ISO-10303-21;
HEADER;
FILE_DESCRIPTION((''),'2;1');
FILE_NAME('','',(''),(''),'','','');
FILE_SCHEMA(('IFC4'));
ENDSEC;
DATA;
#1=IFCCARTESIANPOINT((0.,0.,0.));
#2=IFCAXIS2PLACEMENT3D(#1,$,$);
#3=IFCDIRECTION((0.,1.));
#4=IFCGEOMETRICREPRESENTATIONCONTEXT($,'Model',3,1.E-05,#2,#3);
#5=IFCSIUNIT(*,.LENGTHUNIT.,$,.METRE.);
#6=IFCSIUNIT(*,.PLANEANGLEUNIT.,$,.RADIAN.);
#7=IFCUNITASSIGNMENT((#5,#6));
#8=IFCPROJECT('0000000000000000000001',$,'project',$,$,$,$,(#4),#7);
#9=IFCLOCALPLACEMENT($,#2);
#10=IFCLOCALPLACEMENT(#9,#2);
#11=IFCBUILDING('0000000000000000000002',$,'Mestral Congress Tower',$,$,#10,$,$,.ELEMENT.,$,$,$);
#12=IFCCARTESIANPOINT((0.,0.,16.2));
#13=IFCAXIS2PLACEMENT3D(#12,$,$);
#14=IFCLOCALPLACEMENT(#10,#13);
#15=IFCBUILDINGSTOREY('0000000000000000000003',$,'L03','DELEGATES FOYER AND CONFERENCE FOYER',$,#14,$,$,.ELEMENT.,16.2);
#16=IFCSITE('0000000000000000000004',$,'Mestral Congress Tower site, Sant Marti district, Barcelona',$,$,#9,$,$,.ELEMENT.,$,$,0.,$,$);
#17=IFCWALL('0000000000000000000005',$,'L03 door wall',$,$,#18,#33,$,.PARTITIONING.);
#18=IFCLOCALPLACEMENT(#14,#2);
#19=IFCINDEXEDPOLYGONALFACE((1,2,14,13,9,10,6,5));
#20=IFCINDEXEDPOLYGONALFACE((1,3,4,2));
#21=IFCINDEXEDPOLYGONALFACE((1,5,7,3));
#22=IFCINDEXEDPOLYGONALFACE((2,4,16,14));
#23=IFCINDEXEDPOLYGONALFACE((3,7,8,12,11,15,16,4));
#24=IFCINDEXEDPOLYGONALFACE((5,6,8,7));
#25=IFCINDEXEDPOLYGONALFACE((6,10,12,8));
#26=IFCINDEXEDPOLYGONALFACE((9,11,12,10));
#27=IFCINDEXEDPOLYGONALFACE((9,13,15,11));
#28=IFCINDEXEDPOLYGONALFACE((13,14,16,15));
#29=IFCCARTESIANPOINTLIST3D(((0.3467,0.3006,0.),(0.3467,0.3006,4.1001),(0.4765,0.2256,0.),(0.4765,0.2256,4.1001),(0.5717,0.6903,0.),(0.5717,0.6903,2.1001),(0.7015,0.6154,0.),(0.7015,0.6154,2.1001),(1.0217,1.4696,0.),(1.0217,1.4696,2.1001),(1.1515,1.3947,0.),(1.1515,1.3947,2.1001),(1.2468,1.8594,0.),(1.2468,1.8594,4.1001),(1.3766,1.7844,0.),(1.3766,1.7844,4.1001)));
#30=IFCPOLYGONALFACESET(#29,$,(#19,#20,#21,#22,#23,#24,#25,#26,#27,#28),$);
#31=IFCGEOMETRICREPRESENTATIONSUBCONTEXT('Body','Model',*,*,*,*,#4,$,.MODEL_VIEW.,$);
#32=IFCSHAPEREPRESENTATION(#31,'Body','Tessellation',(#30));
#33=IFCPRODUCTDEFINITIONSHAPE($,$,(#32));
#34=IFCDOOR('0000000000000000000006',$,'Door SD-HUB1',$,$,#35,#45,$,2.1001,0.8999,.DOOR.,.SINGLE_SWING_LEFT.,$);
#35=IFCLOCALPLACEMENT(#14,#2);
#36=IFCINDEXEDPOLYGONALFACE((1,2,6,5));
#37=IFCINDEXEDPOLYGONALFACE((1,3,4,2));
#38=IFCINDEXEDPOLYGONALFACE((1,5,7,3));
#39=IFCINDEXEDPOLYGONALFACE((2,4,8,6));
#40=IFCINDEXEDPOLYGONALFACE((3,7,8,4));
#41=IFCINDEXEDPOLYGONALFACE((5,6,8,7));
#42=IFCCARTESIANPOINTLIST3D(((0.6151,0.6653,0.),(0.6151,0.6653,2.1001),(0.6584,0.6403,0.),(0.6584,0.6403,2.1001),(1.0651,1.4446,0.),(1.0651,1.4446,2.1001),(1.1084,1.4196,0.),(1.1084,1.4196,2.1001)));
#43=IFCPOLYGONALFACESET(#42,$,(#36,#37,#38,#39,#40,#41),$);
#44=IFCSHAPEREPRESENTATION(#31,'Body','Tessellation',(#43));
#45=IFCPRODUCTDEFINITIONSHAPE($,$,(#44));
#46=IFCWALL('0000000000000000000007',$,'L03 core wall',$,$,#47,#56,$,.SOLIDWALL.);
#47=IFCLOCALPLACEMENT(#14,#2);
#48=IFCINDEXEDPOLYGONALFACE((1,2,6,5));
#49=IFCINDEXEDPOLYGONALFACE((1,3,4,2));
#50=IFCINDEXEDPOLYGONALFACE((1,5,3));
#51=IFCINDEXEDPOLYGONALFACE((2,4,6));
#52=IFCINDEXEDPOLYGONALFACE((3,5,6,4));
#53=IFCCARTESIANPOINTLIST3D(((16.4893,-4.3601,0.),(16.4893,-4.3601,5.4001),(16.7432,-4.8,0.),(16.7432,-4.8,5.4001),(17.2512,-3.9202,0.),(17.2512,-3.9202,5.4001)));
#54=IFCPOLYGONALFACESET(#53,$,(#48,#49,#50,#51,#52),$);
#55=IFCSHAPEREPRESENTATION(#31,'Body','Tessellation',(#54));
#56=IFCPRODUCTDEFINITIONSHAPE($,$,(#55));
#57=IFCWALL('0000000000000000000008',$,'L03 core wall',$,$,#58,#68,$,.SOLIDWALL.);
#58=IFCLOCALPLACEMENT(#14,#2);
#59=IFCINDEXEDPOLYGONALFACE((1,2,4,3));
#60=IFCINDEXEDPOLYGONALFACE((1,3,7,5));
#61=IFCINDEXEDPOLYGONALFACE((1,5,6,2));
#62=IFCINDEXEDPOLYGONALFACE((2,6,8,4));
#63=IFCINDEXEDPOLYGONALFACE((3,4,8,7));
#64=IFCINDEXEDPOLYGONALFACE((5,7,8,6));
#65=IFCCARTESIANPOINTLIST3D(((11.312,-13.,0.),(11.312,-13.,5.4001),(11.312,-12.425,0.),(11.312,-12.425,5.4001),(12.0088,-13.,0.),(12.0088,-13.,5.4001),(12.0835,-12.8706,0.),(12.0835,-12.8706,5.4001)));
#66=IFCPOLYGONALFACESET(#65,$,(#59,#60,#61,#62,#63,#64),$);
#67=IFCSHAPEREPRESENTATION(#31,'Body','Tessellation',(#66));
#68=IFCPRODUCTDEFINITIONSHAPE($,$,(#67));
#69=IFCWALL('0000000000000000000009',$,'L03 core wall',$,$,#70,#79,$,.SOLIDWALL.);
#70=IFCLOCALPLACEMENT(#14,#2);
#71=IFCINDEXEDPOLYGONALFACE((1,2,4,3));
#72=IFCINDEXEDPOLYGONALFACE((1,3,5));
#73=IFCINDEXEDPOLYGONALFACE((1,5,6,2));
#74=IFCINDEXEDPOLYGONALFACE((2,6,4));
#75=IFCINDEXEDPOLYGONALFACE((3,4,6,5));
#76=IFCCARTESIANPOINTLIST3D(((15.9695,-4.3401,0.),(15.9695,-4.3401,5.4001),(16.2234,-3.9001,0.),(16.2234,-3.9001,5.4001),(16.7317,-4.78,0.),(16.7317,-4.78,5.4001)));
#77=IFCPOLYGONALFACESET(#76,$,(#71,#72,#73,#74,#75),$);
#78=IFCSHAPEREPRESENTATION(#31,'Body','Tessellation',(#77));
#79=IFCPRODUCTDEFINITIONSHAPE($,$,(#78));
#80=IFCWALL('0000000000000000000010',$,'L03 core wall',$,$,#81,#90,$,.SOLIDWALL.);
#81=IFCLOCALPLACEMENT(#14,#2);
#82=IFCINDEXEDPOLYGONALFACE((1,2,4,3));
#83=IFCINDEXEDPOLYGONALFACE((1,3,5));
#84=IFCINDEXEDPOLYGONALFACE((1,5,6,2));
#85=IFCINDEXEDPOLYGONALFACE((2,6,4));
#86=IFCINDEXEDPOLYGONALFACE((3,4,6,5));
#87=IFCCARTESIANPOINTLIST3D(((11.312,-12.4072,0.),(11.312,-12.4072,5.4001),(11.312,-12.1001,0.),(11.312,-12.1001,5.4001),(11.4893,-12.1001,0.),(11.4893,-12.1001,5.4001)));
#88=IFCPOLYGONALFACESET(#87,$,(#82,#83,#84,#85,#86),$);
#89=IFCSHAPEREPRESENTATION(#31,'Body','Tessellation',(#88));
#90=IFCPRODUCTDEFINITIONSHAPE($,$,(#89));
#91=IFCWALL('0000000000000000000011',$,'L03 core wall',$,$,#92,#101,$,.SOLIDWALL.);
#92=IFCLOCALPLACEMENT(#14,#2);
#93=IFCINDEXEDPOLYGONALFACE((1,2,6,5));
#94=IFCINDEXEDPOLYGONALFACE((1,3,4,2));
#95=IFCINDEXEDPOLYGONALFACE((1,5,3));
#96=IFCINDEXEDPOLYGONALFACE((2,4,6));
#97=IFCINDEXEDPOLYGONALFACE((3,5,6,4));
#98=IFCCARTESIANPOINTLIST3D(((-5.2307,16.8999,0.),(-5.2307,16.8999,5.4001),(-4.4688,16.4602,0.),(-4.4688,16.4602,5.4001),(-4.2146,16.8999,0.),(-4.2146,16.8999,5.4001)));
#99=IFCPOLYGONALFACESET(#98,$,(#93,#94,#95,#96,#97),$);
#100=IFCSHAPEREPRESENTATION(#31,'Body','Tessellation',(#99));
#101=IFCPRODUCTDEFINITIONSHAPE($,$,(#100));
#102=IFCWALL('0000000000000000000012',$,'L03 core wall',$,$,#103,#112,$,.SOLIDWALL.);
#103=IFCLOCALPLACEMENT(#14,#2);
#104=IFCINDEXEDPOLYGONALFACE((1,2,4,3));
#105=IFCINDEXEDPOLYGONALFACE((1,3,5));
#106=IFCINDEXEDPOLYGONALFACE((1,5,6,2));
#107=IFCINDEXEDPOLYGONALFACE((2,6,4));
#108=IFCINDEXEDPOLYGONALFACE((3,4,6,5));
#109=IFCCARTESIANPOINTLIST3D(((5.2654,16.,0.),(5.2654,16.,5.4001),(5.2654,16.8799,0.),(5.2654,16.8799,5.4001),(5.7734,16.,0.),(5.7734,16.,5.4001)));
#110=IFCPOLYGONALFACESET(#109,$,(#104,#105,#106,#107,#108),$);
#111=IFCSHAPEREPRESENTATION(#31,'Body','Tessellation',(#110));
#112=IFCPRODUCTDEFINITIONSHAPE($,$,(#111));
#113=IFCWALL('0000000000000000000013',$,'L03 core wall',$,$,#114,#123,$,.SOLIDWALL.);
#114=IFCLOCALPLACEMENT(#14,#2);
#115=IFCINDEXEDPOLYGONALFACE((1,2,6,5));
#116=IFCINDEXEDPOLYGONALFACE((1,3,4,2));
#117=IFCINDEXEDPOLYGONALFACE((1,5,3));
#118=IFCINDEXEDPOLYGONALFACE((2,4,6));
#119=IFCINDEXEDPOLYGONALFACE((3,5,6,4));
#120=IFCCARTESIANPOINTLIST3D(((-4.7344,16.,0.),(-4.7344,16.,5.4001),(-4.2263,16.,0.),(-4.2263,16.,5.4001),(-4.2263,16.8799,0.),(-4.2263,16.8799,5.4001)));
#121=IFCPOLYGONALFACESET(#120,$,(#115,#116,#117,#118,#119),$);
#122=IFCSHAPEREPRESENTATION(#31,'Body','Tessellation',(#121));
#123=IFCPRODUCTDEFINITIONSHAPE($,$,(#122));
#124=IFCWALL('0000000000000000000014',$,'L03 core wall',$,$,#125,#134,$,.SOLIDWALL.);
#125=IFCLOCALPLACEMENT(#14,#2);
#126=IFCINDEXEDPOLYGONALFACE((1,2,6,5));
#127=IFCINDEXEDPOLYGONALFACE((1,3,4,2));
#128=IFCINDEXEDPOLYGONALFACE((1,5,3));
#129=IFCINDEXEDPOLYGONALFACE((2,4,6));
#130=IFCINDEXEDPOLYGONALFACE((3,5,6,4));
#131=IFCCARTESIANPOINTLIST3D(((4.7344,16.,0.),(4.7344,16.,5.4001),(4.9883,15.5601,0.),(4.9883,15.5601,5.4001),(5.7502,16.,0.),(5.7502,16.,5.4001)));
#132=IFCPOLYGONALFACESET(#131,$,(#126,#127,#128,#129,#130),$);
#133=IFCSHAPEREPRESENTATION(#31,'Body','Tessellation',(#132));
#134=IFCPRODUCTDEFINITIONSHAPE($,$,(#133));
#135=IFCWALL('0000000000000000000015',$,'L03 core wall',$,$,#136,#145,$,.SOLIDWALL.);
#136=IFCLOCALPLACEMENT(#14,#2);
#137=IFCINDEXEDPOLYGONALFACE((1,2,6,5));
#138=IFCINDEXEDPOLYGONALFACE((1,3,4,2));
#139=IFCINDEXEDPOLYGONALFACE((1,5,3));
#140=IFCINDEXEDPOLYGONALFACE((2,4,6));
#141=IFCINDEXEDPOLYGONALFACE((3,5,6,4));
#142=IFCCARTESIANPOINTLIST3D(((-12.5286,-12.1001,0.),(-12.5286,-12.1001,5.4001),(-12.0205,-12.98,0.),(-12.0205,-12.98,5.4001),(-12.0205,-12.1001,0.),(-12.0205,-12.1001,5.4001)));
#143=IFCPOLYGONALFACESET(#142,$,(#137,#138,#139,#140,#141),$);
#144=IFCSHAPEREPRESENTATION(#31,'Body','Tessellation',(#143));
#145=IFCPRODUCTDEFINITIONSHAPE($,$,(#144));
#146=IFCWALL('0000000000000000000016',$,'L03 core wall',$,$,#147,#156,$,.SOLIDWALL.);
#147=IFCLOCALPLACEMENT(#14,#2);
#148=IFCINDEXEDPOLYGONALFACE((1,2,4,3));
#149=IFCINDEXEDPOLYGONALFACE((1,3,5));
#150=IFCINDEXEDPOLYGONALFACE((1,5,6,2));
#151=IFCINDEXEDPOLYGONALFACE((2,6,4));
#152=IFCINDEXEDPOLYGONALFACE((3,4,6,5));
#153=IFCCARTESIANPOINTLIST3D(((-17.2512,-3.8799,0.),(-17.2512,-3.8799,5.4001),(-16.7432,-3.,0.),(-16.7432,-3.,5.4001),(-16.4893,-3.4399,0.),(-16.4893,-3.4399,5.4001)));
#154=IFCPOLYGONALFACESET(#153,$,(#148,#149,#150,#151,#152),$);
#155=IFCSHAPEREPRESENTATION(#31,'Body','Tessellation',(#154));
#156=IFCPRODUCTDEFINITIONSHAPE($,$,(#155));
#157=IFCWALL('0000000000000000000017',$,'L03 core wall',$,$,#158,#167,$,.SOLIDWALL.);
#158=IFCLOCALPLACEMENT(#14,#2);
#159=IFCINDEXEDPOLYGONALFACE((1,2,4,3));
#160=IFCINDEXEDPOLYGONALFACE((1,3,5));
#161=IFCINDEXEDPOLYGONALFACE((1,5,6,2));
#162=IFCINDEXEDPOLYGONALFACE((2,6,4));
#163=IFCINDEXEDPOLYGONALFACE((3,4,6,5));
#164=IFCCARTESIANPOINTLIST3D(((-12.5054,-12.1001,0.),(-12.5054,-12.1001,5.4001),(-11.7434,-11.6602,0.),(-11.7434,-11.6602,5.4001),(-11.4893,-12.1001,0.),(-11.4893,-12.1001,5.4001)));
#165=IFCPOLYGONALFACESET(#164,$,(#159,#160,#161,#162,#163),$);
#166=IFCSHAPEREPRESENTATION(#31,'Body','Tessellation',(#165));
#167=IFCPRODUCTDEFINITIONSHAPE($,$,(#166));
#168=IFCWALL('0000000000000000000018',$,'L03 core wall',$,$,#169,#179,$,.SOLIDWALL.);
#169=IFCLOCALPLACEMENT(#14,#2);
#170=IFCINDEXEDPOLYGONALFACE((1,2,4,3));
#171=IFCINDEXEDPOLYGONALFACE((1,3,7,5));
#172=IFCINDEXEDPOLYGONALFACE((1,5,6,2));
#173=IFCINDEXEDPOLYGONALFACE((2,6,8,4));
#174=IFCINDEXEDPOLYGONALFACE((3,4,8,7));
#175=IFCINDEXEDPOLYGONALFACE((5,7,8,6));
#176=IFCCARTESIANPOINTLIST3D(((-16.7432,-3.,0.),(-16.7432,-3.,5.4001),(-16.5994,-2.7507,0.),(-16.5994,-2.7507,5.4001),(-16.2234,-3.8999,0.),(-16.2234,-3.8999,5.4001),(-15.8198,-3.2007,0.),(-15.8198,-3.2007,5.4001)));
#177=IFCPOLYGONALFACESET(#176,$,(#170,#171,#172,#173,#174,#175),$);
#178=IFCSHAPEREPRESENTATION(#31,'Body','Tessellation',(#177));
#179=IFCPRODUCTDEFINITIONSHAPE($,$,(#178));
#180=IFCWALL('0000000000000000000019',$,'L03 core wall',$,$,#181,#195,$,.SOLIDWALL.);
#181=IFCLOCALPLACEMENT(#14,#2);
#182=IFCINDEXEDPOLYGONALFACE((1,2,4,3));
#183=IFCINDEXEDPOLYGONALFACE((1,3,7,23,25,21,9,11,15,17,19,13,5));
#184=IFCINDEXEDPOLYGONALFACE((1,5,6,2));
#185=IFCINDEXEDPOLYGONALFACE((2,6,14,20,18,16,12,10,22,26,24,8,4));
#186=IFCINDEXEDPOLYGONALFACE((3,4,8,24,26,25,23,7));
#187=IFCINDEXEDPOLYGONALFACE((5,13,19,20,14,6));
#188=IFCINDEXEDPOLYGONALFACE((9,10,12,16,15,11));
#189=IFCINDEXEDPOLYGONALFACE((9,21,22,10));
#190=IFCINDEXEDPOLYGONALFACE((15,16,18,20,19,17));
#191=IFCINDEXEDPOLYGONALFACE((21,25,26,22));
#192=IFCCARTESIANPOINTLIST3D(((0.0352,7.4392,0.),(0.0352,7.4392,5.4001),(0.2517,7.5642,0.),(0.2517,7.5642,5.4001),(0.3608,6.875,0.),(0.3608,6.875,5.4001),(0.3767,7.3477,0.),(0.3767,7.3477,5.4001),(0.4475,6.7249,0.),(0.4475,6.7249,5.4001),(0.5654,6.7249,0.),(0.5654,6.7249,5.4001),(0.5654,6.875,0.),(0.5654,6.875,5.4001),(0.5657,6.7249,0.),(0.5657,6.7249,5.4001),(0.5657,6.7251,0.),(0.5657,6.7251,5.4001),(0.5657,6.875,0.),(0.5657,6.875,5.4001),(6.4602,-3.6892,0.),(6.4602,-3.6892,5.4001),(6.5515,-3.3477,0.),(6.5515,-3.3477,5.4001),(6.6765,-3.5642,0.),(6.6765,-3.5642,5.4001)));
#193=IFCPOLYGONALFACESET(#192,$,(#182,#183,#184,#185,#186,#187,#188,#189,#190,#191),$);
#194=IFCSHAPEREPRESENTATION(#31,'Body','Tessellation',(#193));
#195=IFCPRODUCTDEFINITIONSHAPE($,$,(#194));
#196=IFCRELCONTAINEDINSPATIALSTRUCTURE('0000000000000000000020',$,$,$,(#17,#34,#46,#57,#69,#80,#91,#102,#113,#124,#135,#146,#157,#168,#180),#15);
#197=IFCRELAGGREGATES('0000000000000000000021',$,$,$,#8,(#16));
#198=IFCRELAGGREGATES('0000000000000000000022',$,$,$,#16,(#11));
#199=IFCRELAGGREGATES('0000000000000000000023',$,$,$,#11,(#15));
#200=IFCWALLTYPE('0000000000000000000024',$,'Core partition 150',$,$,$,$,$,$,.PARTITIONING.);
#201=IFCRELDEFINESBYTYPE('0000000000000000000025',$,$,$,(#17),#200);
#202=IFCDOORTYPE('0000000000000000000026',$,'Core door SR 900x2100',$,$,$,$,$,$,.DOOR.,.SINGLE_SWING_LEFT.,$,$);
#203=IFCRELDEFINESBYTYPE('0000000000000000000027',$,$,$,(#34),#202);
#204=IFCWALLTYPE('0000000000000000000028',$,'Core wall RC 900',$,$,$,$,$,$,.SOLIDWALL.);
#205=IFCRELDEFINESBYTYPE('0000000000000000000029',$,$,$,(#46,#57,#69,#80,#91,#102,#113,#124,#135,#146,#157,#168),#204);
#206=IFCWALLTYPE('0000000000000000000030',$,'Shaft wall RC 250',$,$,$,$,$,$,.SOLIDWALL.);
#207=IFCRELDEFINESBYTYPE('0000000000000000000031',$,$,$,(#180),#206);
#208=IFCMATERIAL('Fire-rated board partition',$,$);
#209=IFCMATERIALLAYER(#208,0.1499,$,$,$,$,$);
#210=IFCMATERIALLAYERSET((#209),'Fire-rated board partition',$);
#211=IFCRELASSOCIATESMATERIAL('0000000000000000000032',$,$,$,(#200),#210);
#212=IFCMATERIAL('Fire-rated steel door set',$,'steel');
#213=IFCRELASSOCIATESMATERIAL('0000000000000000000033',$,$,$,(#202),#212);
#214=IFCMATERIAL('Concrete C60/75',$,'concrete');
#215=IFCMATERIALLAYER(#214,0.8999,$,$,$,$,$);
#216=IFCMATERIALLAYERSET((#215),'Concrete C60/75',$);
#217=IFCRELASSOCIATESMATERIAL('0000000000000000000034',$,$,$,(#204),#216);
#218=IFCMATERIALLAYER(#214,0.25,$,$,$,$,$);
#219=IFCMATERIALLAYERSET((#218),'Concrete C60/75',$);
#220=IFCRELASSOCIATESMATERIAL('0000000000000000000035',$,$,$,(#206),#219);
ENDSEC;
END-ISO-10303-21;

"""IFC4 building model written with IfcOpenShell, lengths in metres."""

from ifc_helpers import new_model, si_unit, direction, frame, frame_2d, origin, place, context, subcontext, project, spatial, polyline, rectangle, outline, extrude, material, layer, layer_set, type_object, element, fill, save


model = new_model("IFC4")

# Units and contexts
model_context = context("Model", 3, precision=1e-05, world=origin(), true_north=direction((0.0, 1.0)))
body_context = subcontext(model_context, "Body", "Model", "MODEL_VIEW")
ifc_project = project(units=[si_unit("LENGTHUNIT", "METRE"), si_unit("PLANEANGLEUNIT", "RADIAN")], contexts=[model_context])

# Site, building, storey
site_placement = place(None, origin())
site = spatial("IfcSite", under=ifc_project, at=site_placement, Name="Mestral Congress Tower site, Sant Marti district, Barcelona", CompositionType="ELEMENT", RefElevation=0.0)
building_placement = place(site_placement, origin())
building = spatial("IfcBuilding", under=site, at=building_placement, Name="Mestral Congress Tower", CompositionType="ELEMENT")
storey_placement = place(building_placement, frame((0.0, 0.0, 16.2)))
storey = spatial("IfcBuildingStorey", under=building, at=storey_placement, Name="L03", Description="DELEGATES FOYER AND CONFERENCE FOYER", CompositionType="ELEMENT", Elevation=16.2)

# Shared definitions
ifc_material_1 = material(Name="Concrete C60/75", Category="concrete")

# Wall, opening, door
ifc_material_2 = material(Name="Fire-rated board partition")
ifc_layer_1 = layer(ifc_material_2, 0.1499)
ifc_layer_set_1 = layer_set([ifc_layer_1], Name="Fire-rated board partition")
wall_type_1 = type_object("IfcWallType", Name="Core partition 150", PredefinedType="PARTITIONING", material=ifc_layer_set_1)
wall_1_placement = place(storey_placement, frame((0.4116, 0.2632, 0.0), z_axis=(0.0, 0.0, 1.0), x_axis=(0.500063, 0.865989, 0.0)))
wall_1 = element("IfcWall", 1, at=wall_1_placement, inside=storey, type_object=wall_type_1, Name="L03 door wall", PredefinedType="PARTITIONING", context=body_context, shape_type="SweptSolid", body=[
    extrude(rectangle(XDim=1.8, YDim=0.1499, at=frame_2d((0.8999, 0.0))), origin(), (0.0, 0.0, 1.0), 4.1001),
])
opening_placement = place(wall_1_placement, frame((0.45, 0.0, 0.0)))
opening = element("IfcOpeningElement", 2, at=opening_placement, cuts=wall_1, PredefinedType="OPENING", context=body_context, shape_type="SweptSolid", body=[
    extrude(rectangle(XDim=0.8999, YDim=2.1001, at=frame_2d((0.45, 1.05))), frame((0.0, 0.085, 0.0), z_axis=(0.0, -1.0, 0.0), x_axis=(1.0, 0.0, 0.0)), (0.0, 0.0, 1.0), 0.1699),
])
ifc_material_3 = material(Name="Fire-rated steel door set", Category="steel")
door_type = type_object("IfcDoorType", Name="Core door SR 900x2100", OperationType="SINGLE_SWING_LEFT", PredefinedType="DOOR", material=ifc_material_3)
door_placement = place(opening_placement, origin())
door = element("IfcDoor", 3, at=door_placement, inside=storey, type_object=door_type, Name="Door SD-HUB1", OperationType="SINGLE_SWING_LEFT", OverallHeight=2.1001, OverallWidth=0.8999, PredefinedType="DOOR", context=body_context, shape_type="SweptSolid", body=[
    extrude(rectangle(XDim=0.8999, YDim=2.1001, at=frame_2d((0.45, 1.05))), frame((0.0, 0.0249, 0.0), z_axis=(0.0, -1.0, 0.0), x_axis=(1.0, 0.0, 0.0)), (0.0, 0.0, 1.0), 0.05),
])
fill(opening, door)

# Walls
ifc_layer_2 = layer(ifc_material_1, 0.8999)
ifc_layer_set_2 = layer_set([ifc_layer_2], Name="Concrete C60/75")
wall_type_2 = type_object("IfcWallType", Name="Core wall RC 900", PredefinedType="SOLIDWALL", material=ifc_layer_set_2)
placement_1 = place(storey_placement, origin())
element("IfcWall", 4, at=placement_1, inside=storey, type_object=wall_type_2, Name="L03 core wall", PredefinedType="SOLIDWALL", context=body_context, shape_type="SweptSolid", body=[
    extrude(outline(polyline([(16.7432, -4.8), (16.4893, -4.3601), (17.2512, -3.9202), (16.7432, -4.8)])), origin(), (0.0, 0.0, 1.0), 5.4001),
])
element("IfcWall", 5, at=placement_1, inside=storey, type_object=wall_type_2, Name="L03 core wall", PredefinedType="SOLIDWALL", context=body_context, shape_type="SweptSolid", body=[
    extrude(outline(polyline([(12.0088, -13.0), (11.312, -13.0), (11.312, -12.425), (12.0835, -12.8706), (12.0088, -13.0)])), origin(), (0.0, 0.0, 1.0), 5.4001),
])
element("IfcWall", 6, at=placement_1, inside=storey, type_object=wall_type_2, Name="L03 core wall", PredefinedType="SOLIDWALL", context=body_context, shape_type="SweptSolid", body=[
    extrude(outline(polyline([(16.2234, -3.9001), (16.7317, -4.78), (15.9695, -4.3401), (16.2234, -3.9001)])), origin(), (0.0, 0.0, 1.0), 5.4001),
])
element("IfcWall", 7, at=placement_1, inside=storey, type_object=wall_type_2, Name="L03 core wall", PredefinedType="SOLIDWALL", context=body_context, shape_type="SweptSolid", body=[
    extrude(outline(polyline([(11.4893, -12.1001), (11.312, -12.4072), (11.312, -12.1001), (11.4893, -12.1001)])), origin(), (0.0, 0.0, 1.0), 5.4001),
])
element("IfcWall", 8, at=placement_1, inside=storey, type_object=wall_type_2, Name="L03 core wall", PredefinedType="SOLIDWALL", context=body_context, shape_type="SweptSolid", body=[
    extrude(outline(polyline([(-4.2146, 16.8999), (-4.4688, 16.4602), (-5.2307, 16.8999), (-4.2146, 16.8999)])), origin(), (0.0, 0.0, 1.0), 5.4001),
])
element("IfcWall", 9, at=placement_1, inside=storey, type_object=wall_type_2, Name="L03 core wall", PredefinedType="SOLIDWALL", context=body_context, shape_type="SweptSolid", body=[
    extrude(outline(polyline([(5.2654, 16.0), (5.2654, 16.8799), (5.7734, 16.0), (5.2654, 16.0)])), origin(), (0.0, 0.0, 1.0), 5.4001),
])
element("IfcWall", 10, at=placement_1, inside=storey, type_object=wall_type_2, Name="L03 core wall", PredefinedType="SOLIDWALL", context=body_context, shape_type="SweptSolid", body=[
    extrude(outline(polyline([(-4.7344, 16.0), (-4.2263, 16.8799), (-4.2263, 16.0), (-4.7344, 16.0)])), origin(), (0.0, 0.0, 1.0), 5.4001),
])
element("IfcWall", 11, at=placement_1, inside=storey, type_object=wall_type_2, Name="L03 core wall", PredefinedType="SOLIDWALL", context=body_context, shape_type="SweptSolid", body=[
    extrude(outline(polyline([(4.7344, 16.0), (5.7502, 16.0), (4.9883, 15.5601), (4.7344, 16.0)])), origin(), (0.0, 0.0, 1.0), 5.4001),
])
element("IfcWall", 12, at=placement_1, inside=storey, type_object=wall_type_2, Name="L03 core wall", PredefinedType="SOLIDWALL", context=body_context, shape_type="SweptSolid", body=[
    extrude(outline(polyline([(-12.5286, -12.1001), (-12.0205, -12.1001), (-12.0205, -12.98), (-12.5286, -12.1001)])), origin(), (0.0, 0.0, 1.0), 5.4001),
])
element("IfcWall", 13, at=placement_1, inside=storey, type_object=wall_type_2, Name="L03 core wall", PredefinedType="SOLIDWALL", context=body_context, shape_type="SweptSolid", body=[
    extrude(outline(polyline([(-16.4893, -3.4399), (-17.2512, -3.8799), (-16.7432, -3.0), (-16.4893, -3.4399)])), origin(), (0.0, 0.0, 1.0), 5.4001),
])
element("IfcWall", 14, at=placement_1, inside=storey, type_object=wall_type_2, Name="L03 core wall", PredefinedType="SOLIDWALL", context=body_context, shape_type="SweptSolid", body=[
    extrude(outline(polyline([(-11.4893, -12.1001), (-12.5054, -12.1001), (-11.7434, -11.6602), (-11.4893, -12.1001)])), origin(), (0.0, 0.0, 1.0), 5.4001),
])
element("IfcWall", 15, at=placement_1, inside=storey, type_object=wall_type_2, Name="L03 core wall", PredefinedType="SOLIDWALL", context=body_context, shape_type="SweptSolid", body=[
    extrude(outline(polyline([(-15.8198, -3.2007), (-16.2234, -3.8999), (-16.7432, -3.0), (-16.5994, -2.7507), (-15.8198, -3.2007)])), origin(), (0.0, 0.0, 1.0), 5.4001),
])
ifc_layer_3 = layer(ifc_material_1, 0.25)
ifc_layer_set_3 = layer_set([ifc_layer_3], Name="Concrete C60/75")
wall_type_3 = type_object("IfcWallType", Name="Shaft wall RC 250", PredefinedType="SOLIDWALL", material=ifc_layer_set_3)
element("IfcWall", 16, at=placement_1, inside=storey, type_object=wall_type_3, Name="L03 core wall", PredefinedType="SOLIDWALL", context=body_context, shape_type="SweptSolid", body=[
    extrude(outline(polyline([(6.5515, -3.3477), (6.6765, -3.5642), (6.4602, -3.6892), (0.4475, 6.7249), (0.5654, 6.7249), (0.5657, 6.7249), (0.5657, 6.7251), (0.5657, 6.875), (0.5657, 6.875), (0.5654, 6.875), (0.3608, 6.875), (0.0352, 7.4392), (0.2517, 7.5642), (0.3767, 7.3477), (6.5515, -3.3477)])), origin(), (0.0, 0.0, 1.0), 5.4001),
])

save(model, "model.ifc")
